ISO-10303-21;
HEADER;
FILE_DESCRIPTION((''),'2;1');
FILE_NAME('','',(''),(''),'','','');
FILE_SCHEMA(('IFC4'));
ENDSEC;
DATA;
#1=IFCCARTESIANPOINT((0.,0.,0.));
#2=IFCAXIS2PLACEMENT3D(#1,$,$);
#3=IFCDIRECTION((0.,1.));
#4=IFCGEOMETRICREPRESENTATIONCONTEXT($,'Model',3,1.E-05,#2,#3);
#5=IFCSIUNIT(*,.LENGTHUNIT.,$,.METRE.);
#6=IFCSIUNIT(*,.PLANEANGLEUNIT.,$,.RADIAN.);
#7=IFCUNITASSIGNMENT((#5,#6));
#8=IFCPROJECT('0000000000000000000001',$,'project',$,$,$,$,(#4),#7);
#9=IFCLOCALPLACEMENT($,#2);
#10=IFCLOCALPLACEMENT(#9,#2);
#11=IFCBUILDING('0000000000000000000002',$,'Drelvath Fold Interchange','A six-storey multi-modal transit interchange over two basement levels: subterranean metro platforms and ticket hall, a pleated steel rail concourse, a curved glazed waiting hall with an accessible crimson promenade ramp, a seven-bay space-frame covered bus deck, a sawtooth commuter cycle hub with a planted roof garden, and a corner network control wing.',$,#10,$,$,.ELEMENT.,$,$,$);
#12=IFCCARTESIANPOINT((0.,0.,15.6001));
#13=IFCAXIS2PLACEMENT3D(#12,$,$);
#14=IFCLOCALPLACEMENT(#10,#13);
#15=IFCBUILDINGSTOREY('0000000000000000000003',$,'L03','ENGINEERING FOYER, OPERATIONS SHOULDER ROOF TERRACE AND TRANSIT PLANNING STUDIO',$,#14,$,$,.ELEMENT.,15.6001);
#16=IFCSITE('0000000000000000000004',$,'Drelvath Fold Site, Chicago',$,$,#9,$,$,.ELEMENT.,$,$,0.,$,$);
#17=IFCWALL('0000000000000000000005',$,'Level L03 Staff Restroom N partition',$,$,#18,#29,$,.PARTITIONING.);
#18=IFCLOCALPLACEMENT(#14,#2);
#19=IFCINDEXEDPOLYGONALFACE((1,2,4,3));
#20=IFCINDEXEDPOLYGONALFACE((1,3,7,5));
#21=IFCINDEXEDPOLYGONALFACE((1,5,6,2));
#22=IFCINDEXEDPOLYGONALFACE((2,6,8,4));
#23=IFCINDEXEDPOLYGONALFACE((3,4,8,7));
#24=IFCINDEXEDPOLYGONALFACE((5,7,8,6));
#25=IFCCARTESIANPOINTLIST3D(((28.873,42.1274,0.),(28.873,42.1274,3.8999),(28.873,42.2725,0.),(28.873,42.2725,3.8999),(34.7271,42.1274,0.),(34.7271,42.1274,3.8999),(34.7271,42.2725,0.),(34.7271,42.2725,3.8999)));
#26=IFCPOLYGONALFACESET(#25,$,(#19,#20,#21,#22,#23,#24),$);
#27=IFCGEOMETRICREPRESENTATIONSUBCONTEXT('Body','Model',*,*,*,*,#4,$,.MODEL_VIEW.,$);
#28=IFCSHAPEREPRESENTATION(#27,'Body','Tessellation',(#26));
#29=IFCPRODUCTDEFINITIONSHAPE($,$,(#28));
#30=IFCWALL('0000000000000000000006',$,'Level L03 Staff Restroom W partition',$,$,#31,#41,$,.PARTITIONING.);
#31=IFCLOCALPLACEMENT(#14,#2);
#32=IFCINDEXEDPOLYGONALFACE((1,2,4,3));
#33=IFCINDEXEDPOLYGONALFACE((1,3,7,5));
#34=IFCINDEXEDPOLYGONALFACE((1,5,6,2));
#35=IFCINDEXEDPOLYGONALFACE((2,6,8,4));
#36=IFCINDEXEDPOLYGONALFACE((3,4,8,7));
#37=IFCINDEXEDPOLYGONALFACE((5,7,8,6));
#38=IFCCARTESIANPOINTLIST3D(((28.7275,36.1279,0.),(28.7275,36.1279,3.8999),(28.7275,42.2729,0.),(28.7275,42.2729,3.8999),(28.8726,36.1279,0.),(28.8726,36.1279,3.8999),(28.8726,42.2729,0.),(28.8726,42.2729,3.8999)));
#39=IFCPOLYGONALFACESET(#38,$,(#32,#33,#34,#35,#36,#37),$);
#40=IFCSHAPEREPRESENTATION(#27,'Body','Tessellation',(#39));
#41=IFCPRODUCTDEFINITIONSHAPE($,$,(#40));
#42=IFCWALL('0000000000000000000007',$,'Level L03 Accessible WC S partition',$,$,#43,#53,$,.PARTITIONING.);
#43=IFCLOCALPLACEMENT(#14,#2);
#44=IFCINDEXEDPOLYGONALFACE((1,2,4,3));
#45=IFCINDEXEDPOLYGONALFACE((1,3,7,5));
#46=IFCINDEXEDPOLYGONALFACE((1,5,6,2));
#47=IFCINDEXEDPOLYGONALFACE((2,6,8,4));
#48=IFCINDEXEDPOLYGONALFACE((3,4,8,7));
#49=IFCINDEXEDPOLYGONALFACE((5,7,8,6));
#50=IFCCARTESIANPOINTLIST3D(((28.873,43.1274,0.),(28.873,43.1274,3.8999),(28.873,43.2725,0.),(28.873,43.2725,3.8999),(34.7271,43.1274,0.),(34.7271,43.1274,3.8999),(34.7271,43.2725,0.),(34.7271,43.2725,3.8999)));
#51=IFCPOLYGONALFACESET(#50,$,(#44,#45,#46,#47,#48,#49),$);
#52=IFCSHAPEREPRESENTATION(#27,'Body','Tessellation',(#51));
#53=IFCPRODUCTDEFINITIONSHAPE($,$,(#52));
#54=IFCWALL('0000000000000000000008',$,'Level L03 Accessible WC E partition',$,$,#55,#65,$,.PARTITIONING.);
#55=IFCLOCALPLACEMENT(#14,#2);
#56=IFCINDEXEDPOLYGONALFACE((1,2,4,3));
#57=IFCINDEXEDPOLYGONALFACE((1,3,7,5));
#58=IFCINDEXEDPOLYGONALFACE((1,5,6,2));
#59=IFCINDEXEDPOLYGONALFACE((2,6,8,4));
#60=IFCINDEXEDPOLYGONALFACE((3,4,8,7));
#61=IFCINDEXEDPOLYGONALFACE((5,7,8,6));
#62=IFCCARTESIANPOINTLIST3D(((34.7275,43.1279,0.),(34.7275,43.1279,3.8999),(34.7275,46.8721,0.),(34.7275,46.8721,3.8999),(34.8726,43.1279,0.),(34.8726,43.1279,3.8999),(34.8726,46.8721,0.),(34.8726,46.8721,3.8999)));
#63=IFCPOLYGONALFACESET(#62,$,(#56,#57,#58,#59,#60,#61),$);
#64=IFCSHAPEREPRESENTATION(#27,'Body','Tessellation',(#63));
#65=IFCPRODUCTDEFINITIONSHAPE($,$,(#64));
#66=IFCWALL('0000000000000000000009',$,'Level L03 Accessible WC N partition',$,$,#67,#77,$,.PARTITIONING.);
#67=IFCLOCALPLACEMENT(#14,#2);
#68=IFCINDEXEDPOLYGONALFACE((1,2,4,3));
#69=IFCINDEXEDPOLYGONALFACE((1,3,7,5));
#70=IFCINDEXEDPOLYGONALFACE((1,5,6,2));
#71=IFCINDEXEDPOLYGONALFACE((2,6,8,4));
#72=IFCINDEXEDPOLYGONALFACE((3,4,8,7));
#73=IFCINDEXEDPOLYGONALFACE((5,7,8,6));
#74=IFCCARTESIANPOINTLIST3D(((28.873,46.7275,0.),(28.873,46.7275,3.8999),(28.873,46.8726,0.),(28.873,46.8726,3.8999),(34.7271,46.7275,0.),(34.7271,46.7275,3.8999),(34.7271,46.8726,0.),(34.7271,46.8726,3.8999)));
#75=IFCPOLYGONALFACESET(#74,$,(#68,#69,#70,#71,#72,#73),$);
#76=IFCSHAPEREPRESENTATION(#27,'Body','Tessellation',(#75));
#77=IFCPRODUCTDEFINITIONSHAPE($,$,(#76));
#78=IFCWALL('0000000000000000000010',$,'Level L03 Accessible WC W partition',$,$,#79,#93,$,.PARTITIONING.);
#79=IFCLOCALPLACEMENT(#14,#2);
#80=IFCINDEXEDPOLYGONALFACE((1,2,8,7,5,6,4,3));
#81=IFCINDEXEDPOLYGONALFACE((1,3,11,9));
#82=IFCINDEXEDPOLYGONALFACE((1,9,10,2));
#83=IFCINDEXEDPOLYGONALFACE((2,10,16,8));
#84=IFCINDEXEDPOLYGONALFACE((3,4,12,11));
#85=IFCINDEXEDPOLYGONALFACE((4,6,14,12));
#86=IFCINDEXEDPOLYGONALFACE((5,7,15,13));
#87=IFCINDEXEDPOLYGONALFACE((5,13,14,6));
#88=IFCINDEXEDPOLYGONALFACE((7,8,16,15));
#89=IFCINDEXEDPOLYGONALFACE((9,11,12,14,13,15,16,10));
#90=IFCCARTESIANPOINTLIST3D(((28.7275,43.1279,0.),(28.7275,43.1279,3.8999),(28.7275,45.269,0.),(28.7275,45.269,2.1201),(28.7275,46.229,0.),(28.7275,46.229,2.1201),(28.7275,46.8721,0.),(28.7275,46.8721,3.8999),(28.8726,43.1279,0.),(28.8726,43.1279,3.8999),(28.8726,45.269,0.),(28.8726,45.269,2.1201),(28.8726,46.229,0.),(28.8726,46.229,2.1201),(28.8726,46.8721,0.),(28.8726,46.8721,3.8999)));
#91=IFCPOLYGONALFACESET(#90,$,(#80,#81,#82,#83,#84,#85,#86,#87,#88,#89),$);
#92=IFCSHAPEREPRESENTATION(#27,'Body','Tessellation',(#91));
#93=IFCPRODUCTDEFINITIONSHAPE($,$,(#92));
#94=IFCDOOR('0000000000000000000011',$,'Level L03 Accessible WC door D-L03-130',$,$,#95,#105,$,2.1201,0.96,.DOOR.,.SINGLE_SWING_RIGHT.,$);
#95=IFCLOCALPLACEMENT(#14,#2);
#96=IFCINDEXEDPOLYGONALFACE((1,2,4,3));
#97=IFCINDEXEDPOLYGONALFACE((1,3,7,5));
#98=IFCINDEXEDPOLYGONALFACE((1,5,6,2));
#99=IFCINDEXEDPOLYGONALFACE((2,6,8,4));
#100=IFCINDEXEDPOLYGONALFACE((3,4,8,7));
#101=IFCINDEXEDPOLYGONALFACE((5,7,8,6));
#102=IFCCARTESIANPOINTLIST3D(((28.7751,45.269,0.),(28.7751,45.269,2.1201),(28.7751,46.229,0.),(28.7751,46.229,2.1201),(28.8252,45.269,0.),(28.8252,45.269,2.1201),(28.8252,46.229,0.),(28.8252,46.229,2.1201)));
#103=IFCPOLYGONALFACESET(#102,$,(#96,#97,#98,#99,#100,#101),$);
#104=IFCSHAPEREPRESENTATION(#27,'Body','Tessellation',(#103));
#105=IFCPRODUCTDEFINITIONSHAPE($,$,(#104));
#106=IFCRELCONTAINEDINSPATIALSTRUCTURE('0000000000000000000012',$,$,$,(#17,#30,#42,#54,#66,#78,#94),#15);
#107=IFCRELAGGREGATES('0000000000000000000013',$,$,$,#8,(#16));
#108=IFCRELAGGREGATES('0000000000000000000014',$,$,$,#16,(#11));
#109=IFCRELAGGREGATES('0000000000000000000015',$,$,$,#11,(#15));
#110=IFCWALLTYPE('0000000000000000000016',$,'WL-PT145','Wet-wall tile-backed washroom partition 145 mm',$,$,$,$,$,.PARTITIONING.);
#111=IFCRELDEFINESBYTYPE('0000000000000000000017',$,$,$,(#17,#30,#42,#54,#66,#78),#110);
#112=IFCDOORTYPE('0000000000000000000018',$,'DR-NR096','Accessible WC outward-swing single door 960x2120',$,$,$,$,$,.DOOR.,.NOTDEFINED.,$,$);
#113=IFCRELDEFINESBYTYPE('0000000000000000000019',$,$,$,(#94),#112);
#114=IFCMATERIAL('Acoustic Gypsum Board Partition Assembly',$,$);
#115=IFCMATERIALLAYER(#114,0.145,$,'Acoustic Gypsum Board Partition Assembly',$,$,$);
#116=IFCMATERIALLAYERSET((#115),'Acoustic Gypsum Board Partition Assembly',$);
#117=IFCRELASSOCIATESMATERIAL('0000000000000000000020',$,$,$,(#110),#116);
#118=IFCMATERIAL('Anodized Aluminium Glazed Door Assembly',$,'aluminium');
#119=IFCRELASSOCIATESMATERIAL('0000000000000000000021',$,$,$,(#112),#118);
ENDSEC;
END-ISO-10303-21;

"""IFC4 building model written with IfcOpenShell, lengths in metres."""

from ifc_helpers import new_model, si_unit, direction, frame, frame_2d, origin, place, context, subcontext, project, spatial, rectangle, extrude, material, layer, layer_set, type_object, element, fill, save


model = new_model("IFC4")

# Units and contexts
model_context = context("Model", 3, precision=1e-05, world=origin(), true_north=direction((0.0, 1.0)))
body_context = subcontext(model_context, "Body", "Model", "MODEL_VIEW")
ifc_project = project(units=[si_unit("LENGTHUNIT", "METRE"), si_unit("PLANEANGLEUNIT", "RADIAN")], contexts=[model_context])

# Site, building, storey
site_placement = place(None, origin())
site = spatial("IfcSite", under=ifc_project, at=site_placement, Name="Drelvath Fold Site, Chicago", CompositionType="ELEMENT", RefElevation=0.0)
building_placement = place(site_placement, origin())
building = spatial("IfcBuilding", under=site, at=building_placement, Name="Drelvath Fold Interchange", Description="A six-storey multi-modal transit interchange over two basement levels: subterranean metro platforms and ticket hall, a pleated steel rail concourse, a curved glazed waiting hall with an accessible crimson promenade ramp, a seven-bay space-frame covered bus deck, a sawtooth commuter cycle hub with a planted roof garden, and a corner network control wing.", CompositionType="ELEMENT")
storey_placement = place(building_placement, frame((0.0, 0.0, 15.6001)))
storey = spatial("IfcBuildingStorey", under=building, at=storey_placement, Name="L03", Description="ENGINEERING FOYER, OPERATIONS SHOULDER ROOF TERRACE AND TRANSIT PLANNING STUDIO", CompositionType="ELEMENT", Elevation=15.6001)

# Walls
ifc_material_1 = material(Name="Acoustic Gypsum Board Partition Assembly")
ifc_layer_1 = layer(ifc_material_1, 0.145, Name="Acoustic Gypsum Board Partition Assembly")
ifc_layer_set_1 = layer_set([ifc_layer_1], Name="Acoustic Gypsum Board Partition Assembly")
wall_type_1 = type_object("IfcWallType", Name="WL-PT145", Description="Wet-wall tile-backed washroom partition 145 mm", PredefinedType="PARTITIONING", material=ifc_layer_set_1)
wall_1_placement = place(storey_placement, frame((34.7271, 42.2, 0.0), z_axis=(0.0, 0.0, 1.0), x_axis=(-1.0, 0.0, 0.0)))
element("IfcWall", 1, at=wall_1_placement, inside=storey, type_object=wall_type_1, Name="Level L03 Staff Restroom N partition", PredefinedType="PARTITIONING", context=body_context, shape_type="SweptSolid", body=[
    extrude(rectangle(XDim=5.854, YDim=0.145, at=frame_2d((2.927, 0.0))), origin(), (0.0, 0.0, 1.0), 3.8999),
])
wall_2_placement = place(storey_placement, frame((28.8, 42.2729, 0.0), z_axis=(0.0, 0.0, 1.0), x_axis=(0.0, -1.0, 0.0)))
element("IfcWall", 2, at=wall_2_placement, inside=storey, type_object=wall_type_1, Name="Level L03 Staff Restroom W partition", PredefinedType="PARTITIONING", context=body_context, shape_type="SweptSolid", body=[
    extrude(rectangle(XDim=6.145, YDim=0.145, at=frame_2d((3.0725, 0.0))), origin(), (0.0, 0.0, 1.0), 3.8999),
])
wall_3_placement = place(storey_placement, frame((28.873, 43.2, 0.0), z_axis=(0.0, 0.0, 1.0), x_axis=(1.0, 0.0, 0.0)))
element("IfcWall", 3, at=wall_3_placement, inside=storey, type_object=wall_type_1, Name="Level L03 Accessible WC S partition", PredefinedType="PARTITIONING", context=body_context, shape_type="SweptSolid", body=[
    extrude(rectangle(XDim=5.854, YDim=0.145, at=frame_2d((2.927, 0.0))), origin(), (0.0, 0.0, 1.0), 3.8999),
])
wall_4_placement = place(storey_placement, frame((34.8, 43.1279, 0.0), z_axis=(0.0, 0.0, 1.0), x_axis=(0.0, 1.0, 0.0)))
element("IfcWall", 4, at=wall_4_placement, inside=storey, type_object=wall_type_1, Name="Level L03 Accessible WC E partition", PredefinedType="PARTITIONING", context=body_context, shape_type="SweptSolid", body=[
    extrude(rectangle(XDim=3.7441, YDim=0.145, at=frame_2d((1.8721, 0.0))), origin(), (0.0, 0.0, 1.0), 3.8999),
])
wall_5_placement = place(storey_placement, frame((34.7271, 46.8, 0.0), z_axis=(0.0, 0.0, 1.0), x_axis=(-1.0, 0.0, 0.0)))
element("IfcWall", 5, at=wall_5_placement, inside=storey, type_object=wall_type_1, Name="Level L03 Accessible WC N partition", PredefinedType="PARTITIONING", context=body_context, shape_type="SweptSolid", body=[
    extrude(rectangle(XDim=5.854, YDim=0.145, at=frame_2d((2.927, 0.0))), origin(), (0.0, 0.0, 1.0), 3.8999),
])

# Wall, opening, door
wall_6_placement = place(storey_placement, frame((28.8, 46.8721, 0.0), z_axis=(0.0, 0.0, 1.0), x_axis=(0.0, -1.0, 0.0)))
wall_6 = element("IfcWall", 6, at=wall_6_placement, inside=storey, type_object=wall_type_1, Name="Level L03 Accessible WC W partition", PredefinedType="PARTITIONING", context=body_context, shape_type="SweptSolid", body=[
    extrude(rectangle(XDim=3.7441, YDim=0.145, at=frame_2d((1.8721, 0.0))), origin(), (0.0, 0.0, 1.0), 3.8999),
])
opening_placement = place(wall_6_placement, frame((0.6431, 0.0, 0.0)))
opening = element("IfcOpeningElement", 7, at=opening_placement, cuts=wall_6, PredefinedType="OPENING", context=body_context, shape_type="SweptSolid", body=[
    extrude(rectangle(XDim=0.96, YDim=2.1201, at=frame_2d((0.48, 1.0601))), frame((0.0, 0.0825, 0.0), z_axis=(0.0, -1.0, 0.0), x_axis=(1.0, 0.0, 0.0)), (0.0, 0.0, 1.0), 0.165),
])
ifc_material_2 = material(Name="Anodized Aluminium Glazed Door Assembly", Category="aluminium")
door_type = type_object("IfcDoorType", Name="DR-NR096", Description="Accessible WC outward-swing single door 960x2120", OperationType="NOTDEFINED", PredefinedType="DOOR", material=ifc_material_2)
door_placement = place(opening_placement, frame((0.96, 0.0, 0.0), z_axis=(0.0, 0.0, 1.0), x_axis=(-1.0, 0.0, 0.0)))
door = element("IfcDoor", 8, at=door_placement, inside=storey, type_object=door_type, Name="Level L03 Accessible WC door D-L03-130", OperationType="SINGLE_SWING_RIGHT", OverallHeight=2.1201, OverallWidth=0.96, PredefinedType="DOOR", context=body_context, shape_type="SweptSolid", body=[
    extrude(rectangle(XDim=0.96, YDim=2.1201, at=frame_2d((0.48, 1.0601))), frame((0.0, 0.0249, 0.0), z_axis=(0.0, -1.0, 0.0), x_axis=(1.0, 0.0, 0.0)), (0.0, 0.0, 1.0), 0.05),
])
fill(opening, door)

save(model, "model.ifc")
